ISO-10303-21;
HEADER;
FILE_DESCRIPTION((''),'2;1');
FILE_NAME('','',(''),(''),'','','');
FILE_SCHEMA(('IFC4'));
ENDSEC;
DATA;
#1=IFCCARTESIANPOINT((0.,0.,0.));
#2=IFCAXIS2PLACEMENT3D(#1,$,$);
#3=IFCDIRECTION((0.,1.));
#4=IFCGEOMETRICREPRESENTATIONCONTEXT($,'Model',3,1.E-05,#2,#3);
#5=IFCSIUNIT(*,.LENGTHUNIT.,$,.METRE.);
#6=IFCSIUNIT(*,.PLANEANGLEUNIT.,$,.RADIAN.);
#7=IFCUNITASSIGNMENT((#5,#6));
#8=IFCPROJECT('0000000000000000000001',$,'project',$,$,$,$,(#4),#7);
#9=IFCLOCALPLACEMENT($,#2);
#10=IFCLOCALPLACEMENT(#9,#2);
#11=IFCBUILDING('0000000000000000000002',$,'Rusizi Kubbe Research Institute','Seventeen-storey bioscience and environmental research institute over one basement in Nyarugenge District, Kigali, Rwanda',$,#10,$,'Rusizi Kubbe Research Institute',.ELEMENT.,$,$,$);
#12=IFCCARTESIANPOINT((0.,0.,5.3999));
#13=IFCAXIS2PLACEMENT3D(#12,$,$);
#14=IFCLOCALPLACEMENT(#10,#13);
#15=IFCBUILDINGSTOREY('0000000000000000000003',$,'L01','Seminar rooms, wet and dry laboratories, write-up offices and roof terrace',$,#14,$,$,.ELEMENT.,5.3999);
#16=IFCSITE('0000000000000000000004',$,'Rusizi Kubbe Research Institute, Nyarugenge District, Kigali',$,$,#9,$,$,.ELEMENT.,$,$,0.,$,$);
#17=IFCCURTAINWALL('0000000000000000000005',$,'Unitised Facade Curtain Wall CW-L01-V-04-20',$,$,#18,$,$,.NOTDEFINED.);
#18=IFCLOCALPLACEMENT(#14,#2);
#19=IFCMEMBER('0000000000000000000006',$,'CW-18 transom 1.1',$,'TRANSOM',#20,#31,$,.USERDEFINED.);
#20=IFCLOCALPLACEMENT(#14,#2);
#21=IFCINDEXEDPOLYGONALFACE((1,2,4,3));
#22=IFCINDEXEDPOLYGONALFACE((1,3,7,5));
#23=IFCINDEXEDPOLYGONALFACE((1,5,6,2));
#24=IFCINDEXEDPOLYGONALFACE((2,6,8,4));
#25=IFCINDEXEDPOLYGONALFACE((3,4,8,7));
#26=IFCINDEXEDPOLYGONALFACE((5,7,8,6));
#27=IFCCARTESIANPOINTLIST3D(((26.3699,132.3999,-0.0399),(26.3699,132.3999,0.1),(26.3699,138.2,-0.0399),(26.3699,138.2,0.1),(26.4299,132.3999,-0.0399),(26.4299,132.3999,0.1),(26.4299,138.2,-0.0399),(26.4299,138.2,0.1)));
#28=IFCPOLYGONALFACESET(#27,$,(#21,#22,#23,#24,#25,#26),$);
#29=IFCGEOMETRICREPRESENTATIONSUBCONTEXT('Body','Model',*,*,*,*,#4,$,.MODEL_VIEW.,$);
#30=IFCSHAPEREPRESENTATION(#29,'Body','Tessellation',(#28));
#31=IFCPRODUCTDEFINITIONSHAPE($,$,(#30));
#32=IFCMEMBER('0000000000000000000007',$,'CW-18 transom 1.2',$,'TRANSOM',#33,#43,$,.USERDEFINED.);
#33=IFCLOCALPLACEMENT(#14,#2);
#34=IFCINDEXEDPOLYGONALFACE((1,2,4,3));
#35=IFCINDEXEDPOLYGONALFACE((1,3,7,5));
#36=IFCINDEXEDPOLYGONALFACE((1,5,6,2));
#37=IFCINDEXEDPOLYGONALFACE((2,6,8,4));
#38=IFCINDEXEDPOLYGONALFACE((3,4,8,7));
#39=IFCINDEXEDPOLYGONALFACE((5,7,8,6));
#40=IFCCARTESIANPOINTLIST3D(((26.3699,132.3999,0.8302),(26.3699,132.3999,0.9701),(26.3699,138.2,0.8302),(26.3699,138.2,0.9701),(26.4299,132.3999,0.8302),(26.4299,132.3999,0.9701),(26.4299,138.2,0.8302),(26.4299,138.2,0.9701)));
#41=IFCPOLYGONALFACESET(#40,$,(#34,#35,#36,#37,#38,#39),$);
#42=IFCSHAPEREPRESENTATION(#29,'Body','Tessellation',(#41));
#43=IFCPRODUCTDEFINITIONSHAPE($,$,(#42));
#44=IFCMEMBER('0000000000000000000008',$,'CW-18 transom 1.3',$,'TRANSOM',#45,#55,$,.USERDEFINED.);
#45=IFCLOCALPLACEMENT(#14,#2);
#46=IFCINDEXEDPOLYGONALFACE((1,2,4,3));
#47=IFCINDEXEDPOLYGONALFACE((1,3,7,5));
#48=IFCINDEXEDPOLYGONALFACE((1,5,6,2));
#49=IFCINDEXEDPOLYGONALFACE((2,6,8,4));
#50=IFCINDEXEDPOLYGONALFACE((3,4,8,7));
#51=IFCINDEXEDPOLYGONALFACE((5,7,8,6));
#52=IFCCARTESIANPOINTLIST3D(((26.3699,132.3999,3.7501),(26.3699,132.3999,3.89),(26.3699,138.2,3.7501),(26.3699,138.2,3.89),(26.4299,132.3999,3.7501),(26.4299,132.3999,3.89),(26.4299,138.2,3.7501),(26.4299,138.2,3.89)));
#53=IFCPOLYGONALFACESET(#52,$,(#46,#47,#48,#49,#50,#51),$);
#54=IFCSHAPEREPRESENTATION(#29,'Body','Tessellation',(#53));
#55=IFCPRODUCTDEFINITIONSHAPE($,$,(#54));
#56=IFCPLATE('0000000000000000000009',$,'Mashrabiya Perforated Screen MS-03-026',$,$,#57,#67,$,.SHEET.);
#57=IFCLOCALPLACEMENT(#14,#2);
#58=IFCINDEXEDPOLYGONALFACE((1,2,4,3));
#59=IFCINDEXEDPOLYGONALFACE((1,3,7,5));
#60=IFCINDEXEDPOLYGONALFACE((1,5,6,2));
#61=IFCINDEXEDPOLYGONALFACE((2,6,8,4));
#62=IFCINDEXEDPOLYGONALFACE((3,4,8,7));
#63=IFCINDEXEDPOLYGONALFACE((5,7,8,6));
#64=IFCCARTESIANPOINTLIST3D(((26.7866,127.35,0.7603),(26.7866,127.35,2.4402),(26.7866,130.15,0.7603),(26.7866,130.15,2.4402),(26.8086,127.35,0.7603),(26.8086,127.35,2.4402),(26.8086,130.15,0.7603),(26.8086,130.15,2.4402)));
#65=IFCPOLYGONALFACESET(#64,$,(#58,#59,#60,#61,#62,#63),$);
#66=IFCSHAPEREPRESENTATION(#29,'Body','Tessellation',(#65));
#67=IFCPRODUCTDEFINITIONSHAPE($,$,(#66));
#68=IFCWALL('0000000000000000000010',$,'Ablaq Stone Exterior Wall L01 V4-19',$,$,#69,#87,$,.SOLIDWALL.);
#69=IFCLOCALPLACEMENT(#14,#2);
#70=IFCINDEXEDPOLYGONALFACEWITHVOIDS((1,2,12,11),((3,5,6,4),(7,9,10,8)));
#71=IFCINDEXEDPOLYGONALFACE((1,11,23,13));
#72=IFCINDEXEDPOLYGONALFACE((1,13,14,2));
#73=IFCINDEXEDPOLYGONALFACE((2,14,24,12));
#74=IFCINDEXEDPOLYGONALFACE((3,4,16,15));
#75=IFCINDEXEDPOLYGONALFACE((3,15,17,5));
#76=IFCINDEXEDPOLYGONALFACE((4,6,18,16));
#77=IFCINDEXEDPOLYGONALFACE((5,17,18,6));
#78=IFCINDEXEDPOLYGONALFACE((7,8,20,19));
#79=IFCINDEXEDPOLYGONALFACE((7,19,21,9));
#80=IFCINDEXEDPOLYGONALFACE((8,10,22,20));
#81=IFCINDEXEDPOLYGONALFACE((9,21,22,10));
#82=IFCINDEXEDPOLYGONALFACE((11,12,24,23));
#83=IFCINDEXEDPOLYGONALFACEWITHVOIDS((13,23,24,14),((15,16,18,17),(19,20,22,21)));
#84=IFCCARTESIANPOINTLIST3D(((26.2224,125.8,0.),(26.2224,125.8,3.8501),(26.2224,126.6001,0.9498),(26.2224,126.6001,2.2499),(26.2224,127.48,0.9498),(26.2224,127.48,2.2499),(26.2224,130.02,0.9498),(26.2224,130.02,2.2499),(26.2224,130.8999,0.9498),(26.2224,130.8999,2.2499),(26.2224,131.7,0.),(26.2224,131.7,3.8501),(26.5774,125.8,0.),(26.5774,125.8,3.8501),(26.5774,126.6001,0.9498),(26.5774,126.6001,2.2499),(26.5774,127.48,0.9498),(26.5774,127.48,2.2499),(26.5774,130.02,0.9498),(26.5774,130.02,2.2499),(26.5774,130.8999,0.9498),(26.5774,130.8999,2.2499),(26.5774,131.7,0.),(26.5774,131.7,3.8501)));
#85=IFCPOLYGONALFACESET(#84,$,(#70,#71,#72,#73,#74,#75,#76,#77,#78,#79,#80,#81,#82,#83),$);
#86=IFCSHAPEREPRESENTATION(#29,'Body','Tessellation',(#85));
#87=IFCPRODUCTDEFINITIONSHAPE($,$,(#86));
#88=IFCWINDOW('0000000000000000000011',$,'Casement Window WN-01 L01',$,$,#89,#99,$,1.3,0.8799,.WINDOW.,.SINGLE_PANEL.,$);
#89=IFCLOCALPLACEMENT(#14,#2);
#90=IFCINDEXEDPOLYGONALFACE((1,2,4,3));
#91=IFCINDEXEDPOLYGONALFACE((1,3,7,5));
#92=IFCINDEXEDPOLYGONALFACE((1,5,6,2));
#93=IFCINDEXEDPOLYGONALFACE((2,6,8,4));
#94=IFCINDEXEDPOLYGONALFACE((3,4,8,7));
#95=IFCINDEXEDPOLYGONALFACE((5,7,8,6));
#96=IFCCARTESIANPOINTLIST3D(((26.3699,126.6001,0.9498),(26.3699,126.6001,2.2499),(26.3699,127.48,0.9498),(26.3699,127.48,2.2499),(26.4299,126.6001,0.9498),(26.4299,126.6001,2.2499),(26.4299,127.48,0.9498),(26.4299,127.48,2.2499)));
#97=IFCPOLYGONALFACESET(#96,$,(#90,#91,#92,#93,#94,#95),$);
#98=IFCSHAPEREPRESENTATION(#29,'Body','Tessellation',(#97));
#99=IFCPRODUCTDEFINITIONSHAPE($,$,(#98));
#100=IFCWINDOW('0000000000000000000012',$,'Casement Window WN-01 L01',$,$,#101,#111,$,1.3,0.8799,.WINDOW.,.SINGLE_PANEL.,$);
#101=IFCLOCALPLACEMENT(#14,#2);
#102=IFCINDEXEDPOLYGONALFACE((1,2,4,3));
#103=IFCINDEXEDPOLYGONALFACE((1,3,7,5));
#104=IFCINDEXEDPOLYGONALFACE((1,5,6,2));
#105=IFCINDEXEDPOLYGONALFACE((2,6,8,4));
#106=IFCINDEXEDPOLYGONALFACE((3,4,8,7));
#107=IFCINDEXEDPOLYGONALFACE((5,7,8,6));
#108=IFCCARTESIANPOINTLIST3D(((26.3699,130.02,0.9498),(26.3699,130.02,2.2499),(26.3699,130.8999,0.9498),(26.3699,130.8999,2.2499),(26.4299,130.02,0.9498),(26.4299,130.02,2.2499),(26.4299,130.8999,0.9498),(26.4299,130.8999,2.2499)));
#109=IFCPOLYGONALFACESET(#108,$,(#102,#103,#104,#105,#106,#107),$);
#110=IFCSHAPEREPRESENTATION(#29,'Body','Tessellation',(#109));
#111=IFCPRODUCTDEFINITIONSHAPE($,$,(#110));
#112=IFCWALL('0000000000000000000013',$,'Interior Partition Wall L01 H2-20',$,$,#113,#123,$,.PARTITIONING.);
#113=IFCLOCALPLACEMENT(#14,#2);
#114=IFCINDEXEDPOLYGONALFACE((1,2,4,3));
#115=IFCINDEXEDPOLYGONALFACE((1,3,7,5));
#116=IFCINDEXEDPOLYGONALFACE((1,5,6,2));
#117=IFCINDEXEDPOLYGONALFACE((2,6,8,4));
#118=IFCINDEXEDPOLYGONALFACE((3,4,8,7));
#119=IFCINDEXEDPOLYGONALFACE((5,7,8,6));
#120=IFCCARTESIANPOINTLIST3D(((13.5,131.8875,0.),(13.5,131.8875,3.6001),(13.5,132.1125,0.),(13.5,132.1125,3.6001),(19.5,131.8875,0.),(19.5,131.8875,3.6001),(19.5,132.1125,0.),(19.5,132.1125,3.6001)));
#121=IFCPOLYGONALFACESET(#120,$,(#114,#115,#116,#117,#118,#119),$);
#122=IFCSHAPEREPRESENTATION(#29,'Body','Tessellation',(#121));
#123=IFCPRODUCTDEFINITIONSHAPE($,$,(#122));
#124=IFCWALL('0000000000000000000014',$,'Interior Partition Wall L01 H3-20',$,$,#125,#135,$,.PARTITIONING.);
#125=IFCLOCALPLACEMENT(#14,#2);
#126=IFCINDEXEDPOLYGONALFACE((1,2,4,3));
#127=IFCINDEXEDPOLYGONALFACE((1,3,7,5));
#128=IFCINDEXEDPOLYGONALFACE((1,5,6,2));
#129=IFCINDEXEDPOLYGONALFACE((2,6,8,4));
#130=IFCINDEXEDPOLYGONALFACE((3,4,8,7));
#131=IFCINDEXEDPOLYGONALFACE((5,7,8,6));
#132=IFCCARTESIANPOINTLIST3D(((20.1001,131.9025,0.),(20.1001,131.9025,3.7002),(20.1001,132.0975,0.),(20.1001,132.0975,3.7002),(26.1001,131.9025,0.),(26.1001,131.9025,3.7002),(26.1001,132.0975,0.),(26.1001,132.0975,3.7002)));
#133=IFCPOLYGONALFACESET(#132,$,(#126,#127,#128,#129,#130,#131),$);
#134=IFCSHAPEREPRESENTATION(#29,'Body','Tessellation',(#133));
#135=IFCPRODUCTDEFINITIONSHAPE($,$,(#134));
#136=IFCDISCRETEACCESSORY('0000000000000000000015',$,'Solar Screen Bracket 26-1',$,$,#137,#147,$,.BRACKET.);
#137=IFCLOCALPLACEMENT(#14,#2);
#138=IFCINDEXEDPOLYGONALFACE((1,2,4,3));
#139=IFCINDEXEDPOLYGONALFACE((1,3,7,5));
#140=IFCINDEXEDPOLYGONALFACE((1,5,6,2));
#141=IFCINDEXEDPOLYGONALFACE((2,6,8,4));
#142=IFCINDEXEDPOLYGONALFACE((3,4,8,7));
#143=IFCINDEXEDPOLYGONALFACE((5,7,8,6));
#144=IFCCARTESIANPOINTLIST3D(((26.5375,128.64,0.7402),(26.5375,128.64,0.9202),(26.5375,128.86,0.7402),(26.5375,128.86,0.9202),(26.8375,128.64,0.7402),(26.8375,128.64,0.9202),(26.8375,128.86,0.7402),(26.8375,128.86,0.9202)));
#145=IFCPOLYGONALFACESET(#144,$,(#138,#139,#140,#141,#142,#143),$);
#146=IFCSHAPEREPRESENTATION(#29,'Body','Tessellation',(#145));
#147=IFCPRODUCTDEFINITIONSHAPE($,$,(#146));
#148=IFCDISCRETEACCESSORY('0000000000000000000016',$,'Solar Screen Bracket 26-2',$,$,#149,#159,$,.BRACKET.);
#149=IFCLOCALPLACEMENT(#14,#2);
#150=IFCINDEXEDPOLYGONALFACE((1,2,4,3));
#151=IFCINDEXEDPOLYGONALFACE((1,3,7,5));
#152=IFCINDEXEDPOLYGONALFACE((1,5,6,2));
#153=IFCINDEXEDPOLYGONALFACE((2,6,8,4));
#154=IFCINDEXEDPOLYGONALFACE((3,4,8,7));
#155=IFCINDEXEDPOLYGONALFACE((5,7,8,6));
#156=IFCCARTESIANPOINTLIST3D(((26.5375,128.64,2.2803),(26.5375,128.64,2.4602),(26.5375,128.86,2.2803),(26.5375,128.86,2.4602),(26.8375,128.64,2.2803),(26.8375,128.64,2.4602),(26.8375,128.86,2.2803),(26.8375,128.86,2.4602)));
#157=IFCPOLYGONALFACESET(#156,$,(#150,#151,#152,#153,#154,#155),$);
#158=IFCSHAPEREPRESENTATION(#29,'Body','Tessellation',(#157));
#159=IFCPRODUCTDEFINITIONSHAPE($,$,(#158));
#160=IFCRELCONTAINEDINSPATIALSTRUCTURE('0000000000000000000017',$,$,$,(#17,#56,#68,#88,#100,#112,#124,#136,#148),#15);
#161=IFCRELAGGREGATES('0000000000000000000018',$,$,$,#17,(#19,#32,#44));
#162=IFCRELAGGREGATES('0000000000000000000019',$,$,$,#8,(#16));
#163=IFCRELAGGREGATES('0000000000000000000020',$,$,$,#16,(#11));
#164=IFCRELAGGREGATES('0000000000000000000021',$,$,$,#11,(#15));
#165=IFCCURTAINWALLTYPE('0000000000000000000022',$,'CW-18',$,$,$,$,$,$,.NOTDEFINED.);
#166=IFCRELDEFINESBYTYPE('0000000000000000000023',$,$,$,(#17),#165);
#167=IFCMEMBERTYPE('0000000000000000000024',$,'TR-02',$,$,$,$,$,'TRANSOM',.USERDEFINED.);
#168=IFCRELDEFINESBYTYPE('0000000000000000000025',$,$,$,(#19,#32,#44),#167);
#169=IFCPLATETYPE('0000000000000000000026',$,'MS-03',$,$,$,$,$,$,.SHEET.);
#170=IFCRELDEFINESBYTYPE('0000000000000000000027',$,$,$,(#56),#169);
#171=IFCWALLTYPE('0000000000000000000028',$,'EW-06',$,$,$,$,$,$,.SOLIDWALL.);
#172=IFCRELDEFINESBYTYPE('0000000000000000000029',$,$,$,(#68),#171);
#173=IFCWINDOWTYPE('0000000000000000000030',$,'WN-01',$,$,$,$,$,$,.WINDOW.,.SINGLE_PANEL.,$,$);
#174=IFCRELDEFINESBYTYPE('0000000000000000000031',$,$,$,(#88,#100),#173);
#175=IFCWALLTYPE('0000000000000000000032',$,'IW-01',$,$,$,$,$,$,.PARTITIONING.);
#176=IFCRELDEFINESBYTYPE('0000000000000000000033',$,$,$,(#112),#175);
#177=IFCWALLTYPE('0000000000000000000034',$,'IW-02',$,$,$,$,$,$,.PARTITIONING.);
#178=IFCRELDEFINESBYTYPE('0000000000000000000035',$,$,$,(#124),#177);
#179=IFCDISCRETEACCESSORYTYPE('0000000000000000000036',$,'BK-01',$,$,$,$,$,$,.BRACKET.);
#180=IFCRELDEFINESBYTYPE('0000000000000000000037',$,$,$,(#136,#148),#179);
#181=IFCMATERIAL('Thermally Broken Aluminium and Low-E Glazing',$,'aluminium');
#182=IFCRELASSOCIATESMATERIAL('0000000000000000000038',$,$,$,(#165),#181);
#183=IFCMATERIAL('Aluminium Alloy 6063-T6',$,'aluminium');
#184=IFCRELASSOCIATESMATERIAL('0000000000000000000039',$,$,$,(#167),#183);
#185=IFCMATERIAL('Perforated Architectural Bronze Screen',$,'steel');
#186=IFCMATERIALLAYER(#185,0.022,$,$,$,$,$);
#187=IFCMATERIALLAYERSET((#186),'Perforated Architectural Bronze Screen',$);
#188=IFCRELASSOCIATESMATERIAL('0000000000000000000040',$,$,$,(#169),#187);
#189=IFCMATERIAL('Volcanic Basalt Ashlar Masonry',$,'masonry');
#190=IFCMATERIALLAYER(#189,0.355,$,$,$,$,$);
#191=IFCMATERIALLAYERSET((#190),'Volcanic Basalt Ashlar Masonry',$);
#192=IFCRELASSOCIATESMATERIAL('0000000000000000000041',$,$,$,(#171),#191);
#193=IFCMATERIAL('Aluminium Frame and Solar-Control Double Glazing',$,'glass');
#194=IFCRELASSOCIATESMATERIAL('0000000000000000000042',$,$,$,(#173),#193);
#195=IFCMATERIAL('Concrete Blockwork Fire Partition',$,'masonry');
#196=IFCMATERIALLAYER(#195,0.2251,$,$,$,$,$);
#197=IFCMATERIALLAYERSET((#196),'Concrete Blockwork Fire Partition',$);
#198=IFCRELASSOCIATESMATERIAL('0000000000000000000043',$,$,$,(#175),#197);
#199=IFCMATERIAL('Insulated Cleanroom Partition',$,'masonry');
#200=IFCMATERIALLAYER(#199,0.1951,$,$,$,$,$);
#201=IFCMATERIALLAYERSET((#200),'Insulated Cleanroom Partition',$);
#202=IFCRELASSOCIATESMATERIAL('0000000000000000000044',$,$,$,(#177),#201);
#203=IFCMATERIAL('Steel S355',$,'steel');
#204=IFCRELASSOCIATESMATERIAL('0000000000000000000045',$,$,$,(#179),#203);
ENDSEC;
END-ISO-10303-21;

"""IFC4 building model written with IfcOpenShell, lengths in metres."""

from ifc_helpers import new_model, si_unit, direction, frame, frame_2d, origin, origin_2d, place, context, subcontext, project, spatial, rectangle, extrude, material, layer, layer_set, material_profile, profile_set, type_object, element, fill, aggregate, save


model = new_model("IFC4")

# Units and contexts
model_context = context("Model", 3, precision=1e-05, world=origin(), true_north=direction((0.0, 1.0)))
body_context = subcontext(model_context, "Body", "Model", "MODEL_VIEW")
ifc_project = project(units=[si_unit("LENGTHUNIT", "METRE"), si_unit("PLANEANGLEUNIT", "RADIAN")], contexts=[model_context])

# Site, building, storey
site_placement = place(None, origin())
site = spatial("IfcSite", under=ifc_project, at=site_placement, Name="Rusizi Kubbe Research Institute, Nyarugenge District, Kigali", CompositionType="ELEMENT", RefElevation=0.0)
building_placement = place(site_placement, origin())
building = spatial("IfcBuilding", under=site, at=building_placement, Name="Rusizi Kubbe Research Institute", Description="Seventeen-storey bioscience and environmental research institute over one basement in Nyarugenge District, Kigali, Rwanda", LongName="Rusizi Kubbe Research Institute", CompositionType="ELEMENT")
storey_placement = place(building_placement, frame((0.0, 0.0, 5.3999)))
storey = spatial("IfcBuildingStorey", under=building, at=storey_placement, Name="L01", Description="Seminar rooms, wet and dry laboratories, write-up offices and roof terrace", CompositionType="ELEMENT", Elevation=5.3999)

# Curtain wall, members
ifc_material_1 = material(Name="Thermally Broken Aluminium and Low-E Glazing", Category="aluminium")
curtain_wall_type = type_object("IfcCurtainWallType", Name="CW-18", PredefinedType="NOTDEFINED", material=ifc_material_1)
curtain_wall_placement = place(storey_placement, origin())
curtain_wall = element("IfcCurtainWall", 1, at=curtain_wall_placement, inside=storey, type_object=curtain_wall_type, Name="Unitised Facade Curtain Wall CW-L01-V-04-20", PredefinedType="NOTDEFINED")
ifc_material_2 = material(Name="Aluminium Alloy 6063-T6", Category="aluminium")
ifc_material_profile_1 = material_profile(ifc_material_2, rectangle(XDim=0.0601, YDim=0.1399, at=origin_2d()), Name="ALU-T 60x140")
ifc_profile_set_1 = profile_set([ifc_material_profile_1], Name="Aluminium Alloy 6063-T6")
member_type_1 = type_object("IfcMemberType", Name="TR-02", ElementType="TRANSOM", PredefinedType="USERDEFINED", material=ifc_profile_set_1)
member_1_placement = place(storey_placement, frame((26.3999, 132.3999, 0.03), z_axis=(0.0, 1.0, 0.0), x_axis=(-1.0, 0.0, 0.0)))
member_1 = element("IfcMember", 2, at=member_1_placement, type_object=member_type_1, Name="CW-18 transom 1.1", ObjectType="TRANSOM", PredefinedType="USERDEFINED", context=body_context, shape_type="SweptSolid", body=[
    extrude(rectangle(XDim=0.0601, YDim=0.1399, at=origin_2d()), origin(), (0.0, 0.0, 1.0), 5.8),
])
member_2_placement = place(storey_placement, frame((26.3999, 132.3999, 0.9001), z_axis=(0.0, 1.0, 0.0), x_axis=(-1.0, 0.0, 0.0)))
member_2 = element("IfcMember", 3, at=member_2_placement, type_object=member_type_1, Name="CW-18 transom 1.2", ObjectType="TRANSOM", PredefinedType="USERDEFINED", context=body_context, shape_type="SweptSolid", body=[
    extrude(rectangle(XDim=0.0601, YDim=0.1399, at=origin_2d()), origin(), (0.0, 0.0, 1.0), 5.8),
])
member_3_placement = place(storey_placement, frame((26.3999, 132.3999, 3.8201), z_axis=(0.0, 1.0, 0.0), x_axis=(-1.0, 0.0, 0.0)))
member_3 = element("IfcMember", 4, at=member_3_placement, type_object=member_type_1, Name="CW-18 transom 1.3", ObjectType="TRANSOM", PredefinedType="USERDEFINED", context=body_context, shape_type="SweptSolid", body=[
    extrude(rectangle(XDim=0.0601, YDim=0.1399, at=origin_2d()), origin(), (0.0, 0.0, 1.0), 5.8),
])
aggregate(curtain_wall, [member_1, member_2, member_3])

# Plate
ifc_material_3 = material(Name="Perforated Architectural Bronze Screen", Category="steel")
ifc_layer_1 = layer(ifc_material_3, 0.022)
ifc_layer_set_1 = layer_set([ifc_layer_1], Name="Perforated Architectural Bronze Screen")
plate_type = type_object("IfcPlateType", Name="MS-03", PredefinedType="SHEET", material=ifc_layer_set_1)
plate_placement = place(storey_placement, frame((26.7976, 128.75, 0.7603), z_axis=(0.0, 0.0, 1.0), x_axis=(0.0, 1.0, 0.0)))
element("IfcPlate", 5, at=plate_placement, inside=storey, type_object=plate_type, Name="Mashrabiya Perforated Screen MS-03-026", PredefinedType="SHEET", context=body_context, shape_type="SweptSolid", body=[
    extrude(rectangle(XDim=2.8, YDim=0.022, at=origin_2d()), origin(), (0.0, 0.0, 1.0), 1.6799),
])

# Wall, openings, windows
ifc_material_4 = material(Name="Volcanic Basalt Ashlar Masonry", Category="masonry")
ifc_layer_2 = layer(ifc_material_4, 0.355)
ifc_layer_set_2 = layer_set([ifc_layer_2], Name="Volcanic Basalt Ashlar Masonry")
wall_type_1 = type_object("IfcWallType", Name="EW-06", PredefinedType="SOLIDWALL", material=ifc_layer_set_2)
wall_1_placement = place(storey_placement, frame((26.3999, 125.8, 0.0), z_axis=(0.0, 0.0, 1.0), x_axis=(0.0, 1.0, 0.0)))
wall_1 = element("IfcWall", 6, at=wall_1_placement, inside=storey, type_object=wall_type_1, Name="Ablaq Stone Exterior Wall L01 V4-19", PredefinedType="SOLIDWALL", context=body_context, shape_type="SweptSolid", body=[
    extrude(rectangle(XDim=5.8999, YDim=0.355, at=frame_2d((2.95, 0.0))), origin(), (0.0, 0.0, 1.0), 3.8501),
])
opening_1_placement = place(wall_1_placement, frame((0.8, 0.0, 0.95)))
opening_1 = element("IfcOpeningElement", 7, at=opening_1_placement, cuts=wall_1, PredefinedType="OPENING", context=body_context, shape_type="SweptSolid", body=[
    extrude(rectangle(XDim=0.8799, YDim=1.3, at=frame_2d((0.4399, 0.6499))), frame((0.0, 0.1875, 0.0), z_axis=(0.0, -1.0, 0.0), x_axis=(1.0, 0.0, 0.0)), (0.0, 0.0, 1.0), 0.375),
])
opening_2_placement = place(wall_1_placement, frame((4.22, 0.0, 0.95)))
opening_2 = element("IfcOpeningElement", 8, at=opening_2_placement, cuts=wall_1, PredefinedType="OPENING", context=body_context, shape_type="SweptSolid", body=[
    extrude(rectangle(XDim=0.8799, YDim=1.3, at=frame_2d((0.4399, 0.6499))), frame((0.0, 0.1875, 0.0), z_axis=(0.0, -1.0, 0.0), x_axis=(1.0, 0.0, 0.0)), (0.0, 0.0, 1.0), 0.375),
])
ifc_material_5 = material(Name="Aluminium Frame and Solar-Control Double Glazing", Category="glass")
window_type = type_object("IfcWindowType", Name="WN-01", PartitioningType="SINGLE_PANEL", PredefinedType="WINDOW", material=ifc_material_5)
window_1_placement = place(opening_1_placement, origin())
window_1 = element("IfcWindow", 9, at=window_1_placement, inside=storey, type_object=window_type, Name="Casement Window WN-01 L01", OverallHeight=1.3, OverallWidth=0.8799, PartitioningType="SINGLE_PANEL", PredefinedType="WINDOW", context=body_context, shape_type="SweptSolid", body=[
    extrude(rectangle(XDim=0.8799, YDim=1.3, at=frame_2d((0.4399, 0.6499))), frame((0.0, 0.03, 0.0), z_axis=(0.0, -1.0, 0.0), x_axis=(1.0, 0.0, 0.0)), (0.0, 0.0, 1.0), 0.0601),
])
fill(opening_1, window_1)
window_2_placement = place(opening_2_placement, origin())
window_2 = element("IfcWindow", 10, at=window_2_placement, inside=storey, type_object=window_type, Name="Casement Window WN-01 L01", OverallHeight=1.3, OverallWidth=0.8799, PartitioningType="SINGLE_PANEL", PredefinedType="WINDOW", context=body_context, shape_type="SweptSolid", body=[
    extrude(rectangle(XDim=0.8799, YDim=1.3, at=frame_2d((0.4399, 0.6499))), frame((0.0, 0.03, 0.0), z_axis=(0.0, -1.0, 0.0), x_axis=(1.0, 0.0, 0.0)), (0.0, 0.0, 1.0), 0.0601),
])
fill(opening_2, window_2)

# Walls
ifc_material_6 = material(Name="Concrete Blockwork Fire Partition", Category="masonry")
ifc_layer_3 = layer(ifc_material_6, 0.2251)
ifc_layer_set_3 = layer_set([ifc_layer_3], Name="Concrete Blockwork Fire Partition")
wall_type_2 = type_object("IfcWallType", Name="IW-01", PredefinedType="PARTITIONING", material=ifc_layer_set_3)
wall_2_placement = place(storey_placement, frame((13.5, 132.0, 0.0), z_axis=(0.0, 0.0, 1.0), x_axis=(1.0, 0.0, 0.0)))
element("IfcWall", 11, at=wall_2_placement, inside=storey, type_object=wall_type_2, Name="Interior Partition Wall L01 H2-20", PredefinedType="PARTITIONING", context=body_context, shape_type="SweptSolid", body=[
    extrude(rectangle(XDim=6.0, YDim=0.2251, at=frame_2d((3.0, 0.0))), origin(), (0.0, 0.0, 1.0), 3.6001),
])
ifc_material_7 = material(Name="Insulated Cleanroom Partition", Category="masonry")
ifc_layer_4 = layer(ifc_material_7, 0.1951)
ifc_layer_set_4 = layer_set([ifc_layer_4], Name="Insulated Cleanroom Partition")
wall_type_3 = type_object("IfcWallType", Name="IW-02", PredefinedType="PARTITIONING", material=ifc_layer_set_4)
wall_3_placement = place(storey_placement, frame((20.1001, 132.0, 0.0), z_axis=(0.0, 0.0, 1.0), x_axis=(1.0, 0.0, 0.0)))
element("IfcWall", 12, at=wall_3_placement, inside=storey, type_object=wall_type_3, Name="Interior Partition Wall L01 H3-20", PredefinedType="PARTITIONING", context=body_context, shape_type="SweptSolid", body=[
    extrude(rectangle(XDim=6.0, YDim=0.1951, at=frame_2d((3.0, 0.0))), origin(), (0.0, 0.0, 1.0), 3.7002),
])

# Discrete accessories
ifc_material_8 = material(Name="Steel S355", Category="steel")
discrete_accessory_type = type_object("IfcDiscreteAccessoryType", Name="BK-01", PredefinedType="BRACKET", material=ifc_material_8)
for number, where, z_axis, x_axis, name in (
    (13, (26.6875, 128.75, 0.7402), (0.0, 0.0, 1.0), (1.0, 0.0, 0.0), "Solar Screen Bracket 26-1"),
    (14, (26.6875, 128.75, 2.2803), (0.0, 0.0, 1.0), (1.0, 0.0, 0.0), "Solar Screen Bracket 26-2"),
):
    element("IfcDiscreteAccessory", number, at=place(storey_placement, frame(where, z_axis=z_axis, x_axis=x_axis)), inside=storey, type_object=discrete_accessory_type, Name=name, PredefinedType="BRACKET", context=body_context, shape_type="SweptSolid", body=[
        extrude(rectangle(XDim=0.3, YDim=0.22, at=origin_2d()), origin(), (0.0, 0.0, 1.0), 0.1799),
    ])

save(model, "model.ifc")
